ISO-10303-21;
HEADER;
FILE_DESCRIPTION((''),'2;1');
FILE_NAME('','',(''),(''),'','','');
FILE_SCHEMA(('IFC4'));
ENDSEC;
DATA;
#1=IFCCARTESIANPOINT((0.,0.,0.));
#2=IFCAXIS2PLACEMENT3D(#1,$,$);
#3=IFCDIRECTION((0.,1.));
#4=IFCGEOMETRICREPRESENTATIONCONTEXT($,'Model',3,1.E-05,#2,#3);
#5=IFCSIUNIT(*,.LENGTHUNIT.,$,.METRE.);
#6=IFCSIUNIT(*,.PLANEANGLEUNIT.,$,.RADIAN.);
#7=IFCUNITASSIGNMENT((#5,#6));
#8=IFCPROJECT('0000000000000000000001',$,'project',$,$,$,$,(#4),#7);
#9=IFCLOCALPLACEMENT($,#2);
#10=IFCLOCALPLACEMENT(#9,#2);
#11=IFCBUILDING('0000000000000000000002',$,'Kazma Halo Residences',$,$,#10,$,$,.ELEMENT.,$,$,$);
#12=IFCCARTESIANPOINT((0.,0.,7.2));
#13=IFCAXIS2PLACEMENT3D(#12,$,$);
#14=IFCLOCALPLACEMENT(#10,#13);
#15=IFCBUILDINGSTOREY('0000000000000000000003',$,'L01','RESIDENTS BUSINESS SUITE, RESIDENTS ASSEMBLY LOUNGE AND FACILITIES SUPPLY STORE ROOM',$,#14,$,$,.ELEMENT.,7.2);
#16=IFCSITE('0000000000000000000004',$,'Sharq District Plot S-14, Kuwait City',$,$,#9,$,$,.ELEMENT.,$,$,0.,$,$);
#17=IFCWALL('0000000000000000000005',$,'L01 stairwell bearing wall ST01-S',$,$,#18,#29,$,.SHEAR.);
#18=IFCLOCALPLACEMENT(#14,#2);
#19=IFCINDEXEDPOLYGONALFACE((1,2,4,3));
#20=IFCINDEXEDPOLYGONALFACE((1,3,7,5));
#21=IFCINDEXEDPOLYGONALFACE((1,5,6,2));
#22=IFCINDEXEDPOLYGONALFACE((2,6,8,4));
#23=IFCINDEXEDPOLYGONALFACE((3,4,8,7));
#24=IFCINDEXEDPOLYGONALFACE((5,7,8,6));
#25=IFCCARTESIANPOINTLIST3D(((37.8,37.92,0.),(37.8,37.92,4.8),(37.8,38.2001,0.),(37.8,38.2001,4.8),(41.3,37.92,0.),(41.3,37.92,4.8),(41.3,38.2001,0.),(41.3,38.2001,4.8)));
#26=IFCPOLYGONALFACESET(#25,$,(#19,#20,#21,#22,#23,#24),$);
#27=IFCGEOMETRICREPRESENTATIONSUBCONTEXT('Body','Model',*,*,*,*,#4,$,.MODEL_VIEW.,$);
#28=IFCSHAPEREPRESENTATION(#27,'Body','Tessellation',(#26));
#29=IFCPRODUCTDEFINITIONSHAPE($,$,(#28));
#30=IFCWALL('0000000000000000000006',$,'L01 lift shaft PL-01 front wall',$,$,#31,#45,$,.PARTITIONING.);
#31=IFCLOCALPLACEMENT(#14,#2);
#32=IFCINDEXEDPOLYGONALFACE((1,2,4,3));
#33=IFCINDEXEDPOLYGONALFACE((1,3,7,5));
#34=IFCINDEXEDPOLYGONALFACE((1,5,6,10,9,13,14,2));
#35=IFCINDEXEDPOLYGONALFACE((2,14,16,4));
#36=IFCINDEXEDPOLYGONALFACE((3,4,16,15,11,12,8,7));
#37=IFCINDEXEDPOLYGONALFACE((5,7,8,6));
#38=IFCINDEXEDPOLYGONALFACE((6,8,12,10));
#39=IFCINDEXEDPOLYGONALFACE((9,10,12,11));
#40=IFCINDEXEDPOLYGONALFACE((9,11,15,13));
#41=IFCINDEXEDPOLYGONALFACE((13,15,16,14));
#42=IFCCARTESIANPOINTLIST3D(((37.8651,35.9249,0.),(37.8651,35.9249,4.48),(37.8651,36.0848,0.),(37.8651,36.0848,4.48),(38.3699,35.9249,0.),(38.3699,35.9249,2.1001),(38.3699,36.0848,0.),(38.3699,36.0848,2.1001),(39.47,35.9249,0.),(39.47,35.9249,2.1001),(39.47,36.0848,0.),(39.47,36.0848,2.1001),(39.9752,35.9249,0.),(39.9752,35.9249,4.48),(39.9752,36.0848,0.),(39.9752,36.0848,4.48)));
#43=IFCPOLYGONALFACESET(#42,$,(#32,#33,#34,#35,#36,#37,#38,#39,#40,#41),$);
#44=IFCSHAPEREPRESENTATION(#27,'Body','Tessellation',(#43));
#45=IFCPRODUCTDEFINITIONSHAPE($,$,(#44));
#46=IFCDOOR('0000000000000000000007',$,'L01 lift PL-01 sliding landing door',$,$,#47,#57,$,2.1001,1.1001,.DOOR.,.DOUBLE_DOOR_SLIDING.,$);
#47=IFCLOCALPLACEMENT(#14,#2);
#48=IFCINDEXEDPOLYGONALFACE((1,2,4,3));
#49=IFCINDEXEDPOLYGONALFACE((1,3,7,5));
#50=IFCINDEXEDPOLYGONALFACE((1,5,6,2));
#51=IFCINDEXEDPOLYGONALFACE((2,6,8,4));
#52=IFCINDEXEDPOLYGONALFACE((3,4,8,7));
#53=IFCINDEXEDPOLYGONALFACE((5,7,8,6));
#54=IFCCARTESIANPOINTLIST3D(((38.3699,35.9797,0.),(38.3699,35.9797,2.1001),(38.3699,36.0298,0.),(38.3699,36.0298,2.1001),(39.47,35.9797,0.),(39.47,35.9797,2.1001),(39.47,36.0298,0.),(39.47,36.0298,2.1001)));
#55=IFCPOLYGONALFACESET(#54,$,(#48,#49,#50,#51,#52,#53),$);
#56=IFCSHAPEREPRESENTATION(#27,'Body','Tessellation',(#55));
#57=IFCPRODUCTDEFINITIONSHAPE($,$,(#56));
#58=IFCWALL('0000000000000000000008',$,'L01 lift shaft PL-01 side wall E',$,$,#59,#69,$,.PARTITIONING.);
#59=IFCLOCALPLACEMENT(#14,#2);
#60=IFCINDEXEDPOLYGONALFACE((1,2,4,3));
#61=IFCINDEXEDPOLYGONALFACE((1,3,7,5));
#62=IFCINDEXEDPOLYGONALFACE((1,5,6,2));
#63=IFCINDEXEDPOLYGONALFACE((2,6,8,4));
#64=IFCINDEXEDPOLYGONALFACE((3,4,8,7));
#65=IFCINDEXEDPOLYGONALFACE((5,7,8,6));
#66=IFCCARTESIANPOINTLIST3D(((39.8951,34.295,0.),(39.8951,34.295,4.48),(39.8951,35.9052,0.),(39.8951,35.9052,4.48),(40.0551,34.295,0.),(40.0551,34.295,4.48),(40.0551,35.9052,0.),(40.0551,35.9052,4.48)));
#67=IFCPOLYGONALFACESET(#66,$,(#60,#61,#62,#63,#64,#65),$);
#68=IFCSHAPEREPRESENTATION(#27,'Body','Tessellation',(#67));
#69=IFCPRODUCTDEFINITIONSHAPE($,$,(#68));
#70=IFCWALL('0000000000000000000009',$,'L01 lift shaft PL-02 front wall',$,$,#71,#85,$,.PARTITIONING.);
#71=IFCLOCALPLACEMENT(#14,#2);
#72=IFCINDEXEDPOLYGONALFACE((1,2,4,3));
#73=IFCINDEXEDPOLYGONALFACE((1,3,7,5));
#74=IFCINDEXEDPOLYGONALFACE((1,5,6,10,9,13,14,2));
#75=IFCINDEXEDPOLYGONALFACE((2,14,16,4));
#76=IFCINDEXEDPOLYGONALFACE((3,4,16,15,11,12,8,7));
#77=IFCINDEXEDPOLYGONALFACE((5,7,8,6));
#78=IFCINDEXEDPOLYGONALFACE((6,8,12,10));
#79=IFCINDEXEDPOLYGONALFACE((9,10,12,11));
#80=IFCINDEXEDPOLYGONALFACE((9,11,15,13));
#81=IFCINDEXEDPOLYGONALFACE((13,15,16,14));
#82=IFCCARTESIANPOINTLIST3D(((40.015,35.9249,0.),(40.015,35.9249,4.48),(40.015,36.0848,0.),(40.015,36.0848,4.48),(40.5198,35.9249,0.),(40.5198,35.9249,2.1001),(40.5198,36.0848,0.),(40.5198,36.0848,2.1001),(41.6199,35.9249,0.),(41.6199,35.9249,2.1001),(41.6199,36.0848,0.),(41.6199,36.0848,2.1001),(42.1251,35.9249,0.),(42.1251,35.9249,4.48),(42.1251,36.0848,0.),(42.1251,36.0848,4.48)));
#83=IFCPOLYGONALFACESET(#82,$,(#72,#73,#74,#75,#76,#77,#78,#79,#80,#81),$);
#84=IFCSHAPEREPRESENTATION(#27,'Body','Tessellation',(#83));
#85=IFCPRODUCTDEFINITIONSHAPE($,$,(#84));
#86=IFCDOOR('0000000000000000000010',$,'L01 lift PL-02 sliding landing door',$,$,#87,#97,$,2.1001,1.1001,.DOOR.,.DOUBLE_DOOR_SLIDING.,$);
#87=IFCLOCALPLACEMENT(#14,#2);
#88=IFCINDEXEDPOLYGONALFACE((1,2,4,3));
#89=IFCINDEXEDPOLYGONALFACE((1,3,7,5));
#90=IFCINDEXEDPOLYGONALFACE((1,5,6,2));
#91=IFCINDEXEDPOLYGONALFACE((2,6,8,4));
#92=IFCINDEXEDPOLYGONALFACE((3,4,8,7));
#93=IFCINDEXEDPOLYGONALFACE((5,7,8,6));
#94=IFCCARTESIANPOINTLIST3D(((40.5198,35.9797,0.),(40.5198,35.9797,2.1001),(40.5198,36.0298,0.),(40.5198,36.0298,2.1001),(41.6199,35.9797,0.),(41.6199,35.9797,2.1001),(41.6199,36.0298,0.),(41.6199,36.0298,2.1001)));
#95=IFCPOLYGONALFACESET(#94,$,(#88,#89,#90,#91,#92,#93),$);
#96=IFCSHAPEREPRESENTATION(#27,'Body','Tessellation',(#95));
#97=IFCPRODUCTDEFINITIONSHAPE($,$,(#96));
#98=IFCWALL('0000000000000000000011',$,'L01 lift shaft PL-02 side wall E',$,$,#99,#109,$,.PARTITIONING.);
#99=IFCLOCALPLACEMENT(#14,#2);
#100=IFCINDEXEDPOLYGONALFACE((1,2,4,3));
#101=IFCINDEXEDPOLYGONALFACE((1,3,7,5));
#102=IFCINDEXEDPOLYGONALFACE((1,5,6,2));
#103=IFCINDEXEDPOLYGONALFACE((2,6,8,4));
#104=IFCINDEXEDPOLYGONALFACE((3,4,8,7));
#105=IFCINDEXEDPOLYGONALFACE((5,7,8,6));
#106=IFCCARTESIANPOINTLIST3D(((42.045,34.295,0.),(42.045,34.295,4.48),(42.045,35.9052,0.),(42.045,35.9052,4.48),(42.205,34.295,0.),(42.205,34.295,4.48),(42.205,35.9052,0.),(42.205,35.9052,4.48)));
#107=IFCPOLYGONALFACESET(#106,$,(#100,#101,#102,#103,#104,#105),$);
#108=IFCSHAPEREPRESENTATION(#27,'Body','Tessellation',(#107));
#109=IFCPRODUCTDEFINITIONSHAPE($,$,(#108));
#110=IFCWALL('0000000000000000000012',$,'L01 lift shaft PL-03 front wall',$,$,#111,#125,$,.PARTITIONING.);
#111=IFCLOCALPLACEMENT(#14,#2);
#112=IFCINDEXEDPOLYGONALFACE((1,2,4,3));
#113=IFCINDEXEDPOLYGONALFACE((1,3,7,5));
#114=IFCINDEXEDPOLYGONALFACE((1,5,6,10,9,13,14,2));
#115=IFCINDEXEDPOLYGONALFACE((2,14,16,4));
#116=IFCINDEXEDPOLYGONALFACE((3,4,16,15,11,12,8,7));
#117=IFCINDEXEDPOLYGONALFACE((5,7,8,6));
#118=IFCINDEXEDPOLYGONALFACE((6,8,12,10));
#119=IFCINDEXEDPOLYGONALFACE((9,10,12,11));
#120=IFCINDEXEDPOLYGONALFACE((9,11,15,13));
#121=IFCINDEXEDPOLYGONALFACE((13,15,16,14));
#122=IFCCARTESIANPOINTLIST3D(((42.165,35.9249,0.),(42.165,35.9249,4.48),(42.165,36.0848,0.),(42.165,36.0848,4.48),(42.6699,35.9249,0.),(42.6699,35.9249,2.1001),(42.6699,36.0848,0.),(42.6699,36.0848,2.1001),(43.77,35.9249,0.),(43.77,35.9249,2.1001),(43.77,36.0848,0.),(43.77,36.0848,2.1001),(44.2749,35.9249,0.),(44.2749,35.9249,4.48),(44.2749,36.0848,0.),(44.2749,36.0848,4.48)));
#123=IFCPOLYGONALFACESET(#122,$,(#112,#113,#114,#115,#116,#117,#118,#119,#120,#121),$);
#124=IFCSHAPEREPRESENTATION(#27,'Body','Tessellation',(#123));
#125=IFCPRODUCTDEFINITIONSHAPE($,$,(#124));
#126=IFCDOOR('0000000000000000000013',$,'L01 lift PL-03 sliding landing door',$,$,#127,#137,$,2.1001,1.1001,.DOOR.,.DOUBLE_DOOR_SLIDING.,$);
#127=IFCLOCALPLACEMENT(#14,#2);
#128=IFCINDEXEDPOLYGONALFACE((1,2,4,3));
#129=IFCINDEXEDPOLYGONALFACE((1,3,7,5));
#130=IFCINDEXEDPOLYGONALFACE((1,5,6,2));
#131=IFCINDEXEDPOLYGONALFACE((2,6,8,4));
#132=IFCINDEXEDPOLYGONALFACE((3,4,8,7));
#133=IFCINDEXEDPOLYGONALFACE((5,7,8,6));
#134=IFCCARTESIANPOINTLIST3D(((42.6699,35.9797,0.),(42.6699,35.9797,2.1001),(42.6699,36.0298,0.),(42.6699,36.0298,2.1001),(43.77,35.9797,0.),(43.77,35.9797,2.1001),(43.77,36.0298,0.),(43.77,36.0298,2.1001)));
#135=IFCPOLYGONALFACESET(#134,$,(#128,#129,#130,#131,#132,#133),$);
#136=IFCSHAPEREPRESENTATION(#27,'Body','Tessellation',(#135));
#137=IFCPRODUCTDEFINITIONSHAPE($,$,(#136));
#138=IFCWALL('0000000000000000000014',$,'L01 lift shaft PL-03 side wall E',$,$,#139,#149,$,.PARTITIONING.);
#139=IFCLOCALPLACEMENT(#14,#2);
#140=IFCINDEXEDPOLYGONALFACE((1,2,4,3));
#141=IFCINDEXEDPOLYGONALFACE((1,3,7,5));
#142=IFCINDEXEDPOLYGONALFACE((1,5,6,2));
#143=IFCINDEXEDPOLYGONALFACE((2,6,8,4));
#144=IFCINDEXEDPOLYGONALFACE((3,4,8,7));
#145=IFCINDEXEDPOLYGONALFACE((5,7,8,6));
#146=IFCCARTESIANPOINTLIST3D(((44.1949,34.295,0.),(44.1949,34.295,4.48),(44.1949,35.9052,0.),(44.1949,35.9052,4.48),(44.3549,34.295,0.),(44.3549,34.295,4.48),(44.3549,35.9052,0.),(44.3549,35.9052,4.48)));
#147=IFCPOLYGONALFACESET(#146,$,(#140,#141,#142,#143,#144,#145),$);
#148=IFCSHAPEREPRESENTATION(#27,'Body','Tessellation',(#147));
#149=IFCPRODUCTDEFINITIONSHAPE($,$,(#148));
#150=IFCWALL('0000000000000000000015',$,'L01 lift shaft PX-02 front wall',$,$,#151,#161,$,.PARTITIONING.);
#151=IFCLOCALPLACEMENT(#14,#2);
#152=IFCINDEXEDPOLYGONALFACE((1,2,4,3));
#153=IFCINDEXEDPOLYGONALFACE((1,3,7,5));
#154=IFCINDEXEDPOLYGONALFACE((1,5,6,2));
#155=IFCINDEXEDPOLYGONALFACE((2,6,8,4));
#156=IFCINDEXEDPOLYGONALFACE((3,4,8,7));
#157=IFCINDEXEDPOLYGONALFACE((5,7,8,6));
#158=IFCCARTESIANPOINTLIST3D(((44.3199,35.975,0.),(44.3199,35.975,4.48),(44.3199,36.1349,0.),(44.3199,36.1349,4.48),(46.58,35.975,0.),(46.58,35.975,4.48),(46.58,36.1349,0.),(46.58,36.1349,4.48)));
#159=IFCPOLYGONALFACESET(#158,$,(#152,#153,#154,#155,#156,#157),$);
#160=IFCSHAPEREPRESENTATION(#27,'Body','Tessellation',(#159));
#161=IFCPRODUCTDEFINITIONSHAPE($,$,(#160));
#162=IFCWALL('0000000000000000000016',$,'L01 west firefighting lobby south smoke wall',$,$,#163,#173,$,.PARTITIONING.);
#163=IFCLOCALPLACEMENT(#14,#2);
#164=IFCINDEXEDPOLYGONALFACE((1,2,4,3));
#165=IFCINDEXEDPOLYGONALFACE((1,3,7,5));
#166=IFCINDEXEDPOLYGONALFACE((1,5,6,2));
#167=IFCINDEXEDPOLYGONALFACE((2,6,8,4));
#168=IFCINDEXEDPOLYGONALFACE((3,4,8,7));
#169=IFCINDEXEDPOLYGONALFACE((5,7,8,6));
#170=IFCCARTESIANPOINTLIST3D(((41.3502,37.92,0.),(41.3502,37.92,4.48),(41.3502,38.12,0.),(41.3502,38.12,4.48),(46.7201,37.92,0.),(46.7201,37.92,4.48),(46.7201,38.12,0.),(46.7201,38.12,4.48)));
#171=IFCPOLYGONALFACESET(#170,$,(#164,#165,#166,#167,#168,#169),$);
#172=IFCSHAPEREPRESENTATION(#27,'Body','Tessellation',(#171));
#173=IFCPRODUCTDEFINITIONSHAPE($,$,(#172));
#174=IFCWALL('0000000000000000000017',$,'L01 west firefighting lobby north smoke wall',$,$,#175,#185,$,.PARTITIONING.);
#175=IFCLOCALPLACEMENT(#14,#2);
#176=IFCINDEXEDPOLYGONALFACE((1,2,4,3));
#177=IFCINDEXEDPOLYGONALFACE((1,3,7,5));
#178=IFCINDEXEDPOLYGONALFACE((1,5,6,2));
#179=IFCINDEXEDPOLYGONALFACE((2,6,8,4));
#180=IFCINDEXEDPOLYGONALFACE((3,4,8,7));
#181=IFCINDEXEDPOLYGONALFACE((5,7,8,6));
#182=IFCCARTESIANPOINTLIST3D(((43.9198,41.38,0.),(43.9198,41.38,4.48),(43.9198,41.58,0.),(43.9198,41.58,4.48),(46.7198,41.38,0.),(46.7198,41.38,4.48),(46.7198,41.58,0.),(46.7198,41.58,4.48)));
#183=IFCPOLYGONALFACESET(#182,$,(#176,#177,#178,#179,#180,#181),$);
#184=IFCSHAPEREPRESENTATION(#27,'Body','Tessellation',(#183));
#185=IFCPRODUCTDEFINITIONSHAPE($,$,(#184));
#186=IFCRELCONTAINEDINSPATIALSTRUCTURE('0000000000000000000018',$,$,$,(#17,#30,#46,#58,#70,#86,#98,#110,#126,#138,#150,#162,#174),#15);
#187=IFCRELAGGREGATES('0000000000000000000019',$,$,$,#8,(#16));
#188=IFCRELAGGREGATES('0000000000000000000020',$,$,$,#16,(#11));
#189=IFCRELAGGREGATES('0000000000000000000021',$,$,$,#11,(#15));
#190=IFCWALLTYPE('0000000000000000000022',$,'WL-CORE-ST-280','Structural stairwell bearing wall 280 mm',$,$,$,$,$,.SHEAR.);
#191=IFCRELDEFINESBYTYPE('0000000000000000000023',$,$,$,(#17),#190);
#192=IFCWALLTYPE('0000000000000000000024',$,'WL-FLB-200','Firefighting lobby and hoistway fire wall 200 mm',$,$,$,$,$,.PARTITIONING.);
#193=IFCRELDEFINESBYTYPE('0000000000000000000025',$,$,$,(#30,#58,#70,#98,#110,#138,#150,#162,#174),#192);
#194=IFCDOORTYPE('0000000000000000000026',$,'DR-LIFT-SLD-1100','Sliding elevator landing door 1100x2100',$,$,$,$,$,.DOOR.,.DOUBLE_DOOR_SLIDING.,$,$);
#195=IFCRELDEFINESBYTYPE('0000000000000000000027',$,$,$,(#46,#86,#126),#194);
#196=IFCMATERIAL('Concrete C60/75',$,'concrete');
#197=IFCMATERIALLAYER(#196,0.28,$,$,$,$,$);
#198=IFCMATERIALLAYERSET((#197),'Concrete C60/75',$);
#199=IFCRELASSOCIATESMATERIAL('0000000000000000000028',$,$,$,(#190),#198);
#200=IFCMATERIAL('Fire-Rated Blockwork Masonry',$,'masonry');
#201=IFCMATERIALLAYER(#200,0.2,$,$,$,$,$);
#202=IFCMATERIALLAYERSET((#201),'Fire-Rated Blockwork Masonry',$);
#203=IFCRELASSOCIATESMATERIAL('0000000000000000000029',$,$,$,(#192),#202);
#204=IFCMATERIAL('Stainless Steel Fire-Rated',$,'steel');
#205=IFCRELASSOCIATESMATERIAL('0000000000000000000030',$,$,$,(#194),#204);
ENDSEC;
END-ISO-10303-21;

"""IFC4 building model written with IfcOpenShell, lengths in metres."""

from ifc_helpers import new_model, si_unit, direction, frame, frame_2d, origin, place, context, subcontext, project, spatial, rectangle, extrude, material, layer, layer_set, type_object, element, fill, save


model = new_model("IFC4")

# Units and contexts
model_context = context("Model", 3, precision=1e-05, world=origin(), true_north=direction((0.0, 1.0)))
body_context = subcontext(model_context, "Body", "Model", "MODEL_VIEW")
ifc_project = project(units=[si_unit("LENGTHUNIT", "METRE"), si_unit("PLANEANGLEUNIT", "RADIAN")], contexts=[model_context])

# Site, building, storey
site_placement = place(None, origin())
site = spatial("IfcSite", under=ifc_project, at=site_placement, Name="Sharq District Plot S-14, Kuwait City", CompositionType="ELEMENT", RefElevation=0.0)
building_placement = place(site_placement, origin())
building = spatial("IfcBuilding", under=site, at=building_placement, Name="Kazma Halo Residences", CompositionType="ELEMENT")
storey_placement = place(building_placement, frame((0.0, 0.0, 7.2)))
storey = spatial("IfcBuildingStorey", under=building, at=storey_placement, Name="L01", Description="RESIDENTS BUSINESS SUITE, RESIDENTS ASSEMBLY LOUNGE AND FACILITIES SUPPLY STORE ROOM", CompositionType="ELEMENT", Elevation=7.2)

# Wall
ifc_material_1 = material(Name="Concrete C60/75", Category="concrete")
ifc_layer_1 = layer(ifc_material_1, 0.28)
ifc_layer_set_1 = layer_set([ifc_layer_1], Name="Concrete C60/75")
wall_type_1 = type_object("IfcWallType", Name="WL-CORE-ST-280", Description="Structural stairwell bearing wall 280 mm", PredefinedType="SHEAR", material=ifc_layer_set_1)
wall_1_placement = place(storey_placement, frame((37.8, 38.0601, 0.0), z_axis=(0.0, 0.0, 1.0), x_axis=(1.0, 0.0, 0.0)))
element("IfcWall", 1, at=wall_1_placement, inside=storey, type_object=wall_type_1, Name="L01 stairwell bearing wall ST01-S", PredefinedType="SHEAR", context=body_context, shape_type="SweptSolid", body=[
    extrude(rectangle(XDim=3.5, YDim=0.28, at=frame_2d((1.75, 0.0))), origin(), (0.0, 0.0, 1.0), 4.8),
])

# Wall, opening, door
ifc_material_2 = material(Name="Fire-Rated Blockwork Masonry", Category="masonry")
ifc_layer_2 = layer(ifc_material_2, 0.2)
ifc_layer_set_2 = layer_set([ifc_layer_2], Name="Fire-Rated Blockwork Masonry")
wall_type_2 = type_object("IfcWallType", Name="WL-FLB-200", Description="Firefighting lobby and hoistway fire wall 200 mm", PredefinedType="PARTITIONING", material=ifc_layer_set_2)
wall_2_placement = place(storey_placement, frame((37.865, 36.0049, 0.0), z_axis=(0.0, 0.0, 1.0), x_axis=(1.0, 0.0, 0.0)))
wall_2 = element("IfcWall", 2, at=wall_2_placement, inside=storey, type_object=wall_type_2, Name="L01 lift shaft PL-01 front wall", PredefinedType="PARTITIONING", context=body_context, shape_type="SweptSolid", body=[
    extrude(rectangle(XDim=2.1101, YDim=0.1599, at=frame_2d((1.0552, 0.0))), origin(), (0.0, 0.0, 1.0), 4.48),
])
opening_1_placement = place(wall_2_placement, frame((0.5049, 0.0, 0.0)))
opening_1 = element("IfcOpeningElement", 3, at=opening_1_placement, cuts=wall_2, PredefinedType="OPENING", context=body_context, shape_type="SweptSolid", body=[
    extrude(rectangle(XDim=1.1001, YDim=2.1001, at=frame_2d((0.55, 1.05))), frame((0.0, 0.0898, 0.0), z_axis=(0.0, -1.0, 0.0), x_axis=(1.0, 0.0, 0.0)), (0.0, 0.0, 1.0), 0.1799),
])
ifc_material_3 = material(Name="Stainless Steel Fire-Rated", Category="steel")
door_type_1 = type_object("IfcDoorType", Name="DR-LIFT-SLD-1100", Description="Sliding elevator landing door 1100x2100", OperationType="DOUBLE_DOOR_SLIDING", PredefinedType="DOOR", material=ifc_material_3)
door_1_placement = place(opening_1_placement, origin())
door_1 = element("IfcDoor", 4, at=door_1_placement, inside=storey, type_object=door_type_1, Name="L01 lift PL-01 sliding landing door", OperationType="DOUBLE_DOOR_SLIDING", OverallHeight=2.1001, OverallWidth=1.1001, PredefinedType="DOOR", context=body_context, shape_type="SweptSolid", body=[
    extrude(rectangle(XDim=1.1001, YDim=2.1001, at=frame_2d((0.55, 1.05))), frame((0.0, 0.0249, 0.0), z_axis=(0.0, -1.0, 0.0), x_axis=(1.0, 0.0, 0.0)), (0.0, 0.0, 1.0), 0.05),
])
fill(opening_1, door_1)

# Wall
wall_3_placement = place(storey_placement, frame((39.9751, 34.2949, 0.0), z_axis=(0.0, 0.0, 1.0), x_axis=(0.0, 1.0, 0.0)))
element("IfcWall", 5, at=wall_3_placement, inside=storey, type_object=wall_type_2, Name="L01 lift shaft PL-01 side wall E", PredefinedType="PARTITIONING", context=body_context, shape_type="SweptSolid", body=[
    extrude(rectangle(XDim=1.6101, YDim=0.1599, at=frame_2d((0.8052, 0.0))), origin(), (0.0, 0.0, 1.0), 4.48),
])

# Wall, opening, door
wall_4_placement = place(storey_placement, frame((40.0149, 36.0049, 0.0), z_axis=(0.0, 0.0, 1.0), x_axis=(1.0, 0.0, 0.0)))
wall_4 = element("IfcWall", 6, at=wall_4_placement, inside=storey, type_object=wall_type_2, Name="L01 lift shaft PL-02 front wall", PredefinedType="PARTITIONING", context=body_context, shape_type="SweptSolid", body=[
    extrude(rectangle(XDim=2.1101, YDim=0.1599, at=frame_2d((1.0552, 0.0))), origin(), (0.0, 0.0, 1.0), 4.48),
])
opening_2_placement = place(wall_4_placement, frame((0.5049, 0.0, 0.0)))
opening_2 = element("IfcOpeningElement", 7, at=opening_2_placement, cuts=wall_4, PredefinedType="OPENING", context=body_context, shape_type="SweptSolid", body=[
    extrude(rectangle(XDim=1.1001, YDim=2.1001, at=frame_2d((0.55, 1.05))), frame((0.0, 0.0898, 0.0), z_axis=(0.0, -1.0, 0.0), x_axis=(1.0, 0.0, 0.0)), (0.0, 0.0, 1.0), 0.1799),
])
door_2_placement = place(opening_2_placement, origin())
door_2 = element("IfcDoor", 8, at=door_2_placement, inside=storey, type_object=door_type_1, Name="L01 lift PL-02 sliding landing door", OperationType="DOUBLE_DOOR_SLIDING", OverallHeight=2.1001, OverallWidth=1.1001, PredefinedType="DOOR", context=body_context, shape_type="SweptSolid", body=[
    extrude(rectangle(XDim=1.1001, YDim=2.1001, at=frame_2d((0.55, 1.05))), frame((0.0, 0.0249, 0.0), z_axis=(0.0, -1.0, 0.0), x_axis=(1.0, 0.0, 0.0)), (0.0, 0.0, 1.0), 0.05),
])
fill(opening_2, door_2)

# Wall
wall_5_placement = place(storey_placement, frame((42.125, 34.2949, 0.0), z_axis=(0.0, 0.0, 1.0), x_axis=(0.0, 1.0, 0.0)))
element("IfcWall", 9, at=wall_5_placement, inside=storey, type_object=wall_type_2, Name="L01 lift shaft PL-02 side wall E", PredefinedType="PARTITIONING", context=body_context, shape_type="SweptSolid", body=[
    extrude(rectangle(XDim=1.6101, YDim=0.1599, at=frame_2d((0.8052, 0.0))), origin(), (0.0, 0.0, 1.0), 4.48),
])

# Wall, opening, door
wall_6_placement = place(storey_placement, frame((42.165, 36.0049, 0.0), z_axis=(0.0, 0.0, 1.0), x_axis=(1.0, 0.0, 0.0)))
wall_6 = element("IfcWall", 10, at=wall_6_placement, inside=storey, type_object=wall_type_2, Name="L01 lift shaft PL-03 front wall", PredefinedType="PARTITIONING", context=body_context, shape_type="SweptSolid", body=[
    extrude(rectangle(XDim=2.1099, YDim=0.1599, at=frame_2d((1.0549, 0.0))), origin(), (0.0, 0.0, 1.0), 4.48),
])
opening_3_placement = place(wall_6_placement, frame((0.5049, 0.0, 0.0)))
opening_3 = element("IfcOpeningElement", 11, at=opening_3_placement, cuts=wall_6, PredefinedType="OPENING", context=body_context, shape_type="SweptSolid", body=[
    extrude(rectangle(XDim=1.1001, YDim=2.1001, at=frame_2d((0.55, 1.05))), frame((0.0, 0.0898, 0.0), z_axis=(0.0, -1.0, 0.0), x_axis=(1.0, 0.0, 0.0)), (0.0, 0.0, 1.0), 0.1799),
])
door_3_placement = place(opening_3_placement, origin())
door_3 = element("IfcDoor", 12, at=door_3_placement, inside=storey, type_object=door_type_1, Name="L01 lift PL-03 sliding landing door", OperationType="DOUBLE_DOOR_SLIDING", OverallHeight=2.1001, OverallWidth=1.1001, PredefinedType="DOOR", context=body_context, shape_type="SweptSolid", body=[
    extrude(rectangle(XDim=1.1001, YDim=2.1001, at=frame_2d((0.55, 1.05))), frame((0.0, 0.0249, 0.0), z_axis=(0.0, -1.0, 0.0), x_axis=(1.0, 0.0, 0.0)), (0.0, 0.0, 1.0), 0.05),
])
fill(opening_3, door_3)

# Walls
wall_7_placement = place(storey_placement, frame((44.2749, 34.2949, 0.0), z_axis=(0.0, 0.0, 1.0), x_axis=(0.0, 1.0, 0.0)))
element("IfcWall", 13, at=wall_7_placement, inside=storey, type_object=wall_type_2, Name="L01 lift shaft PL-03 side wall E", PredefinedType="PARTITIONING", context=body_context, shape_type="SweptSolid", body=[
    extrude(rectangle(XDim=1.6101, YDim=0.1599, at=frame_2d((0.8052, 0.0))), origin(), (0.0, 0.0, 1.0), 4.48),
])
wall_8_placement = place(storey_placement, frame((44.3201, 36.0549, 0.0), z_axis=(0.0, 0.0, 1.0), x_axis=(1.0, 0.0, 0.0)))
element("IfcWall", 14, at=wall_8_placement, inside=storey, type_object=wall_type_2, Name="L01 lift shaft PX-02 front wall", PredefinedType="PARTITIONING", context=body_context, shape_type="SweptSolid", body=[
    extrude(rectangle(XDim=2.26, YDim=0.1599, at=frame_2d((1.1299, 0.0))), origin(), (0.0, 0.0, 1.0), 4.48),
])
wall_9_placement = place(storey_placement, frame((41.3501, 38.02, 0.0), z_axis=(0.0, 0.0, 1.0), x_axis=(1.0, 0.0, 0.0)))
element("IfcWall", 15, at=wall_9_placement, inside=storey, type_object=wall_type_2, Name="L01 west firefighting lobby south smoke wall", PredefinedType="PARTITIONING", context=body_context, shape_type="SweptSolid", body=[
    extrude(rectangle(XDim=5.3699, YDim=0.2, at=frame_2d((2.6851, 0.0))), origin(), (0.0, 0.0, 1.0), 4.48),
])
wall_10_placement = place(storey_placement, frame((43.9199, 41.48, 0.0), z_axis=(0.0, 0.0, 1.0), x_axis=(1.0, 0.0, 0.0)))
element("IfcWall", 16, at=wall_10_placement, inside=storey, type_object=wall_type_2, Name="L01 west firefighting lobby north smoke wall", PredefinedType="PARTITIONING", context=body_context, shape_type="SweptSolid", body=[
    extrude(rectangle(XDim=2.8, YDim=0.2, at=frame_2d((1.3999, 0.0))), origin(), (0.0, 0.0, 1.0), 4.48),
])

save(model, "model.ifc")
